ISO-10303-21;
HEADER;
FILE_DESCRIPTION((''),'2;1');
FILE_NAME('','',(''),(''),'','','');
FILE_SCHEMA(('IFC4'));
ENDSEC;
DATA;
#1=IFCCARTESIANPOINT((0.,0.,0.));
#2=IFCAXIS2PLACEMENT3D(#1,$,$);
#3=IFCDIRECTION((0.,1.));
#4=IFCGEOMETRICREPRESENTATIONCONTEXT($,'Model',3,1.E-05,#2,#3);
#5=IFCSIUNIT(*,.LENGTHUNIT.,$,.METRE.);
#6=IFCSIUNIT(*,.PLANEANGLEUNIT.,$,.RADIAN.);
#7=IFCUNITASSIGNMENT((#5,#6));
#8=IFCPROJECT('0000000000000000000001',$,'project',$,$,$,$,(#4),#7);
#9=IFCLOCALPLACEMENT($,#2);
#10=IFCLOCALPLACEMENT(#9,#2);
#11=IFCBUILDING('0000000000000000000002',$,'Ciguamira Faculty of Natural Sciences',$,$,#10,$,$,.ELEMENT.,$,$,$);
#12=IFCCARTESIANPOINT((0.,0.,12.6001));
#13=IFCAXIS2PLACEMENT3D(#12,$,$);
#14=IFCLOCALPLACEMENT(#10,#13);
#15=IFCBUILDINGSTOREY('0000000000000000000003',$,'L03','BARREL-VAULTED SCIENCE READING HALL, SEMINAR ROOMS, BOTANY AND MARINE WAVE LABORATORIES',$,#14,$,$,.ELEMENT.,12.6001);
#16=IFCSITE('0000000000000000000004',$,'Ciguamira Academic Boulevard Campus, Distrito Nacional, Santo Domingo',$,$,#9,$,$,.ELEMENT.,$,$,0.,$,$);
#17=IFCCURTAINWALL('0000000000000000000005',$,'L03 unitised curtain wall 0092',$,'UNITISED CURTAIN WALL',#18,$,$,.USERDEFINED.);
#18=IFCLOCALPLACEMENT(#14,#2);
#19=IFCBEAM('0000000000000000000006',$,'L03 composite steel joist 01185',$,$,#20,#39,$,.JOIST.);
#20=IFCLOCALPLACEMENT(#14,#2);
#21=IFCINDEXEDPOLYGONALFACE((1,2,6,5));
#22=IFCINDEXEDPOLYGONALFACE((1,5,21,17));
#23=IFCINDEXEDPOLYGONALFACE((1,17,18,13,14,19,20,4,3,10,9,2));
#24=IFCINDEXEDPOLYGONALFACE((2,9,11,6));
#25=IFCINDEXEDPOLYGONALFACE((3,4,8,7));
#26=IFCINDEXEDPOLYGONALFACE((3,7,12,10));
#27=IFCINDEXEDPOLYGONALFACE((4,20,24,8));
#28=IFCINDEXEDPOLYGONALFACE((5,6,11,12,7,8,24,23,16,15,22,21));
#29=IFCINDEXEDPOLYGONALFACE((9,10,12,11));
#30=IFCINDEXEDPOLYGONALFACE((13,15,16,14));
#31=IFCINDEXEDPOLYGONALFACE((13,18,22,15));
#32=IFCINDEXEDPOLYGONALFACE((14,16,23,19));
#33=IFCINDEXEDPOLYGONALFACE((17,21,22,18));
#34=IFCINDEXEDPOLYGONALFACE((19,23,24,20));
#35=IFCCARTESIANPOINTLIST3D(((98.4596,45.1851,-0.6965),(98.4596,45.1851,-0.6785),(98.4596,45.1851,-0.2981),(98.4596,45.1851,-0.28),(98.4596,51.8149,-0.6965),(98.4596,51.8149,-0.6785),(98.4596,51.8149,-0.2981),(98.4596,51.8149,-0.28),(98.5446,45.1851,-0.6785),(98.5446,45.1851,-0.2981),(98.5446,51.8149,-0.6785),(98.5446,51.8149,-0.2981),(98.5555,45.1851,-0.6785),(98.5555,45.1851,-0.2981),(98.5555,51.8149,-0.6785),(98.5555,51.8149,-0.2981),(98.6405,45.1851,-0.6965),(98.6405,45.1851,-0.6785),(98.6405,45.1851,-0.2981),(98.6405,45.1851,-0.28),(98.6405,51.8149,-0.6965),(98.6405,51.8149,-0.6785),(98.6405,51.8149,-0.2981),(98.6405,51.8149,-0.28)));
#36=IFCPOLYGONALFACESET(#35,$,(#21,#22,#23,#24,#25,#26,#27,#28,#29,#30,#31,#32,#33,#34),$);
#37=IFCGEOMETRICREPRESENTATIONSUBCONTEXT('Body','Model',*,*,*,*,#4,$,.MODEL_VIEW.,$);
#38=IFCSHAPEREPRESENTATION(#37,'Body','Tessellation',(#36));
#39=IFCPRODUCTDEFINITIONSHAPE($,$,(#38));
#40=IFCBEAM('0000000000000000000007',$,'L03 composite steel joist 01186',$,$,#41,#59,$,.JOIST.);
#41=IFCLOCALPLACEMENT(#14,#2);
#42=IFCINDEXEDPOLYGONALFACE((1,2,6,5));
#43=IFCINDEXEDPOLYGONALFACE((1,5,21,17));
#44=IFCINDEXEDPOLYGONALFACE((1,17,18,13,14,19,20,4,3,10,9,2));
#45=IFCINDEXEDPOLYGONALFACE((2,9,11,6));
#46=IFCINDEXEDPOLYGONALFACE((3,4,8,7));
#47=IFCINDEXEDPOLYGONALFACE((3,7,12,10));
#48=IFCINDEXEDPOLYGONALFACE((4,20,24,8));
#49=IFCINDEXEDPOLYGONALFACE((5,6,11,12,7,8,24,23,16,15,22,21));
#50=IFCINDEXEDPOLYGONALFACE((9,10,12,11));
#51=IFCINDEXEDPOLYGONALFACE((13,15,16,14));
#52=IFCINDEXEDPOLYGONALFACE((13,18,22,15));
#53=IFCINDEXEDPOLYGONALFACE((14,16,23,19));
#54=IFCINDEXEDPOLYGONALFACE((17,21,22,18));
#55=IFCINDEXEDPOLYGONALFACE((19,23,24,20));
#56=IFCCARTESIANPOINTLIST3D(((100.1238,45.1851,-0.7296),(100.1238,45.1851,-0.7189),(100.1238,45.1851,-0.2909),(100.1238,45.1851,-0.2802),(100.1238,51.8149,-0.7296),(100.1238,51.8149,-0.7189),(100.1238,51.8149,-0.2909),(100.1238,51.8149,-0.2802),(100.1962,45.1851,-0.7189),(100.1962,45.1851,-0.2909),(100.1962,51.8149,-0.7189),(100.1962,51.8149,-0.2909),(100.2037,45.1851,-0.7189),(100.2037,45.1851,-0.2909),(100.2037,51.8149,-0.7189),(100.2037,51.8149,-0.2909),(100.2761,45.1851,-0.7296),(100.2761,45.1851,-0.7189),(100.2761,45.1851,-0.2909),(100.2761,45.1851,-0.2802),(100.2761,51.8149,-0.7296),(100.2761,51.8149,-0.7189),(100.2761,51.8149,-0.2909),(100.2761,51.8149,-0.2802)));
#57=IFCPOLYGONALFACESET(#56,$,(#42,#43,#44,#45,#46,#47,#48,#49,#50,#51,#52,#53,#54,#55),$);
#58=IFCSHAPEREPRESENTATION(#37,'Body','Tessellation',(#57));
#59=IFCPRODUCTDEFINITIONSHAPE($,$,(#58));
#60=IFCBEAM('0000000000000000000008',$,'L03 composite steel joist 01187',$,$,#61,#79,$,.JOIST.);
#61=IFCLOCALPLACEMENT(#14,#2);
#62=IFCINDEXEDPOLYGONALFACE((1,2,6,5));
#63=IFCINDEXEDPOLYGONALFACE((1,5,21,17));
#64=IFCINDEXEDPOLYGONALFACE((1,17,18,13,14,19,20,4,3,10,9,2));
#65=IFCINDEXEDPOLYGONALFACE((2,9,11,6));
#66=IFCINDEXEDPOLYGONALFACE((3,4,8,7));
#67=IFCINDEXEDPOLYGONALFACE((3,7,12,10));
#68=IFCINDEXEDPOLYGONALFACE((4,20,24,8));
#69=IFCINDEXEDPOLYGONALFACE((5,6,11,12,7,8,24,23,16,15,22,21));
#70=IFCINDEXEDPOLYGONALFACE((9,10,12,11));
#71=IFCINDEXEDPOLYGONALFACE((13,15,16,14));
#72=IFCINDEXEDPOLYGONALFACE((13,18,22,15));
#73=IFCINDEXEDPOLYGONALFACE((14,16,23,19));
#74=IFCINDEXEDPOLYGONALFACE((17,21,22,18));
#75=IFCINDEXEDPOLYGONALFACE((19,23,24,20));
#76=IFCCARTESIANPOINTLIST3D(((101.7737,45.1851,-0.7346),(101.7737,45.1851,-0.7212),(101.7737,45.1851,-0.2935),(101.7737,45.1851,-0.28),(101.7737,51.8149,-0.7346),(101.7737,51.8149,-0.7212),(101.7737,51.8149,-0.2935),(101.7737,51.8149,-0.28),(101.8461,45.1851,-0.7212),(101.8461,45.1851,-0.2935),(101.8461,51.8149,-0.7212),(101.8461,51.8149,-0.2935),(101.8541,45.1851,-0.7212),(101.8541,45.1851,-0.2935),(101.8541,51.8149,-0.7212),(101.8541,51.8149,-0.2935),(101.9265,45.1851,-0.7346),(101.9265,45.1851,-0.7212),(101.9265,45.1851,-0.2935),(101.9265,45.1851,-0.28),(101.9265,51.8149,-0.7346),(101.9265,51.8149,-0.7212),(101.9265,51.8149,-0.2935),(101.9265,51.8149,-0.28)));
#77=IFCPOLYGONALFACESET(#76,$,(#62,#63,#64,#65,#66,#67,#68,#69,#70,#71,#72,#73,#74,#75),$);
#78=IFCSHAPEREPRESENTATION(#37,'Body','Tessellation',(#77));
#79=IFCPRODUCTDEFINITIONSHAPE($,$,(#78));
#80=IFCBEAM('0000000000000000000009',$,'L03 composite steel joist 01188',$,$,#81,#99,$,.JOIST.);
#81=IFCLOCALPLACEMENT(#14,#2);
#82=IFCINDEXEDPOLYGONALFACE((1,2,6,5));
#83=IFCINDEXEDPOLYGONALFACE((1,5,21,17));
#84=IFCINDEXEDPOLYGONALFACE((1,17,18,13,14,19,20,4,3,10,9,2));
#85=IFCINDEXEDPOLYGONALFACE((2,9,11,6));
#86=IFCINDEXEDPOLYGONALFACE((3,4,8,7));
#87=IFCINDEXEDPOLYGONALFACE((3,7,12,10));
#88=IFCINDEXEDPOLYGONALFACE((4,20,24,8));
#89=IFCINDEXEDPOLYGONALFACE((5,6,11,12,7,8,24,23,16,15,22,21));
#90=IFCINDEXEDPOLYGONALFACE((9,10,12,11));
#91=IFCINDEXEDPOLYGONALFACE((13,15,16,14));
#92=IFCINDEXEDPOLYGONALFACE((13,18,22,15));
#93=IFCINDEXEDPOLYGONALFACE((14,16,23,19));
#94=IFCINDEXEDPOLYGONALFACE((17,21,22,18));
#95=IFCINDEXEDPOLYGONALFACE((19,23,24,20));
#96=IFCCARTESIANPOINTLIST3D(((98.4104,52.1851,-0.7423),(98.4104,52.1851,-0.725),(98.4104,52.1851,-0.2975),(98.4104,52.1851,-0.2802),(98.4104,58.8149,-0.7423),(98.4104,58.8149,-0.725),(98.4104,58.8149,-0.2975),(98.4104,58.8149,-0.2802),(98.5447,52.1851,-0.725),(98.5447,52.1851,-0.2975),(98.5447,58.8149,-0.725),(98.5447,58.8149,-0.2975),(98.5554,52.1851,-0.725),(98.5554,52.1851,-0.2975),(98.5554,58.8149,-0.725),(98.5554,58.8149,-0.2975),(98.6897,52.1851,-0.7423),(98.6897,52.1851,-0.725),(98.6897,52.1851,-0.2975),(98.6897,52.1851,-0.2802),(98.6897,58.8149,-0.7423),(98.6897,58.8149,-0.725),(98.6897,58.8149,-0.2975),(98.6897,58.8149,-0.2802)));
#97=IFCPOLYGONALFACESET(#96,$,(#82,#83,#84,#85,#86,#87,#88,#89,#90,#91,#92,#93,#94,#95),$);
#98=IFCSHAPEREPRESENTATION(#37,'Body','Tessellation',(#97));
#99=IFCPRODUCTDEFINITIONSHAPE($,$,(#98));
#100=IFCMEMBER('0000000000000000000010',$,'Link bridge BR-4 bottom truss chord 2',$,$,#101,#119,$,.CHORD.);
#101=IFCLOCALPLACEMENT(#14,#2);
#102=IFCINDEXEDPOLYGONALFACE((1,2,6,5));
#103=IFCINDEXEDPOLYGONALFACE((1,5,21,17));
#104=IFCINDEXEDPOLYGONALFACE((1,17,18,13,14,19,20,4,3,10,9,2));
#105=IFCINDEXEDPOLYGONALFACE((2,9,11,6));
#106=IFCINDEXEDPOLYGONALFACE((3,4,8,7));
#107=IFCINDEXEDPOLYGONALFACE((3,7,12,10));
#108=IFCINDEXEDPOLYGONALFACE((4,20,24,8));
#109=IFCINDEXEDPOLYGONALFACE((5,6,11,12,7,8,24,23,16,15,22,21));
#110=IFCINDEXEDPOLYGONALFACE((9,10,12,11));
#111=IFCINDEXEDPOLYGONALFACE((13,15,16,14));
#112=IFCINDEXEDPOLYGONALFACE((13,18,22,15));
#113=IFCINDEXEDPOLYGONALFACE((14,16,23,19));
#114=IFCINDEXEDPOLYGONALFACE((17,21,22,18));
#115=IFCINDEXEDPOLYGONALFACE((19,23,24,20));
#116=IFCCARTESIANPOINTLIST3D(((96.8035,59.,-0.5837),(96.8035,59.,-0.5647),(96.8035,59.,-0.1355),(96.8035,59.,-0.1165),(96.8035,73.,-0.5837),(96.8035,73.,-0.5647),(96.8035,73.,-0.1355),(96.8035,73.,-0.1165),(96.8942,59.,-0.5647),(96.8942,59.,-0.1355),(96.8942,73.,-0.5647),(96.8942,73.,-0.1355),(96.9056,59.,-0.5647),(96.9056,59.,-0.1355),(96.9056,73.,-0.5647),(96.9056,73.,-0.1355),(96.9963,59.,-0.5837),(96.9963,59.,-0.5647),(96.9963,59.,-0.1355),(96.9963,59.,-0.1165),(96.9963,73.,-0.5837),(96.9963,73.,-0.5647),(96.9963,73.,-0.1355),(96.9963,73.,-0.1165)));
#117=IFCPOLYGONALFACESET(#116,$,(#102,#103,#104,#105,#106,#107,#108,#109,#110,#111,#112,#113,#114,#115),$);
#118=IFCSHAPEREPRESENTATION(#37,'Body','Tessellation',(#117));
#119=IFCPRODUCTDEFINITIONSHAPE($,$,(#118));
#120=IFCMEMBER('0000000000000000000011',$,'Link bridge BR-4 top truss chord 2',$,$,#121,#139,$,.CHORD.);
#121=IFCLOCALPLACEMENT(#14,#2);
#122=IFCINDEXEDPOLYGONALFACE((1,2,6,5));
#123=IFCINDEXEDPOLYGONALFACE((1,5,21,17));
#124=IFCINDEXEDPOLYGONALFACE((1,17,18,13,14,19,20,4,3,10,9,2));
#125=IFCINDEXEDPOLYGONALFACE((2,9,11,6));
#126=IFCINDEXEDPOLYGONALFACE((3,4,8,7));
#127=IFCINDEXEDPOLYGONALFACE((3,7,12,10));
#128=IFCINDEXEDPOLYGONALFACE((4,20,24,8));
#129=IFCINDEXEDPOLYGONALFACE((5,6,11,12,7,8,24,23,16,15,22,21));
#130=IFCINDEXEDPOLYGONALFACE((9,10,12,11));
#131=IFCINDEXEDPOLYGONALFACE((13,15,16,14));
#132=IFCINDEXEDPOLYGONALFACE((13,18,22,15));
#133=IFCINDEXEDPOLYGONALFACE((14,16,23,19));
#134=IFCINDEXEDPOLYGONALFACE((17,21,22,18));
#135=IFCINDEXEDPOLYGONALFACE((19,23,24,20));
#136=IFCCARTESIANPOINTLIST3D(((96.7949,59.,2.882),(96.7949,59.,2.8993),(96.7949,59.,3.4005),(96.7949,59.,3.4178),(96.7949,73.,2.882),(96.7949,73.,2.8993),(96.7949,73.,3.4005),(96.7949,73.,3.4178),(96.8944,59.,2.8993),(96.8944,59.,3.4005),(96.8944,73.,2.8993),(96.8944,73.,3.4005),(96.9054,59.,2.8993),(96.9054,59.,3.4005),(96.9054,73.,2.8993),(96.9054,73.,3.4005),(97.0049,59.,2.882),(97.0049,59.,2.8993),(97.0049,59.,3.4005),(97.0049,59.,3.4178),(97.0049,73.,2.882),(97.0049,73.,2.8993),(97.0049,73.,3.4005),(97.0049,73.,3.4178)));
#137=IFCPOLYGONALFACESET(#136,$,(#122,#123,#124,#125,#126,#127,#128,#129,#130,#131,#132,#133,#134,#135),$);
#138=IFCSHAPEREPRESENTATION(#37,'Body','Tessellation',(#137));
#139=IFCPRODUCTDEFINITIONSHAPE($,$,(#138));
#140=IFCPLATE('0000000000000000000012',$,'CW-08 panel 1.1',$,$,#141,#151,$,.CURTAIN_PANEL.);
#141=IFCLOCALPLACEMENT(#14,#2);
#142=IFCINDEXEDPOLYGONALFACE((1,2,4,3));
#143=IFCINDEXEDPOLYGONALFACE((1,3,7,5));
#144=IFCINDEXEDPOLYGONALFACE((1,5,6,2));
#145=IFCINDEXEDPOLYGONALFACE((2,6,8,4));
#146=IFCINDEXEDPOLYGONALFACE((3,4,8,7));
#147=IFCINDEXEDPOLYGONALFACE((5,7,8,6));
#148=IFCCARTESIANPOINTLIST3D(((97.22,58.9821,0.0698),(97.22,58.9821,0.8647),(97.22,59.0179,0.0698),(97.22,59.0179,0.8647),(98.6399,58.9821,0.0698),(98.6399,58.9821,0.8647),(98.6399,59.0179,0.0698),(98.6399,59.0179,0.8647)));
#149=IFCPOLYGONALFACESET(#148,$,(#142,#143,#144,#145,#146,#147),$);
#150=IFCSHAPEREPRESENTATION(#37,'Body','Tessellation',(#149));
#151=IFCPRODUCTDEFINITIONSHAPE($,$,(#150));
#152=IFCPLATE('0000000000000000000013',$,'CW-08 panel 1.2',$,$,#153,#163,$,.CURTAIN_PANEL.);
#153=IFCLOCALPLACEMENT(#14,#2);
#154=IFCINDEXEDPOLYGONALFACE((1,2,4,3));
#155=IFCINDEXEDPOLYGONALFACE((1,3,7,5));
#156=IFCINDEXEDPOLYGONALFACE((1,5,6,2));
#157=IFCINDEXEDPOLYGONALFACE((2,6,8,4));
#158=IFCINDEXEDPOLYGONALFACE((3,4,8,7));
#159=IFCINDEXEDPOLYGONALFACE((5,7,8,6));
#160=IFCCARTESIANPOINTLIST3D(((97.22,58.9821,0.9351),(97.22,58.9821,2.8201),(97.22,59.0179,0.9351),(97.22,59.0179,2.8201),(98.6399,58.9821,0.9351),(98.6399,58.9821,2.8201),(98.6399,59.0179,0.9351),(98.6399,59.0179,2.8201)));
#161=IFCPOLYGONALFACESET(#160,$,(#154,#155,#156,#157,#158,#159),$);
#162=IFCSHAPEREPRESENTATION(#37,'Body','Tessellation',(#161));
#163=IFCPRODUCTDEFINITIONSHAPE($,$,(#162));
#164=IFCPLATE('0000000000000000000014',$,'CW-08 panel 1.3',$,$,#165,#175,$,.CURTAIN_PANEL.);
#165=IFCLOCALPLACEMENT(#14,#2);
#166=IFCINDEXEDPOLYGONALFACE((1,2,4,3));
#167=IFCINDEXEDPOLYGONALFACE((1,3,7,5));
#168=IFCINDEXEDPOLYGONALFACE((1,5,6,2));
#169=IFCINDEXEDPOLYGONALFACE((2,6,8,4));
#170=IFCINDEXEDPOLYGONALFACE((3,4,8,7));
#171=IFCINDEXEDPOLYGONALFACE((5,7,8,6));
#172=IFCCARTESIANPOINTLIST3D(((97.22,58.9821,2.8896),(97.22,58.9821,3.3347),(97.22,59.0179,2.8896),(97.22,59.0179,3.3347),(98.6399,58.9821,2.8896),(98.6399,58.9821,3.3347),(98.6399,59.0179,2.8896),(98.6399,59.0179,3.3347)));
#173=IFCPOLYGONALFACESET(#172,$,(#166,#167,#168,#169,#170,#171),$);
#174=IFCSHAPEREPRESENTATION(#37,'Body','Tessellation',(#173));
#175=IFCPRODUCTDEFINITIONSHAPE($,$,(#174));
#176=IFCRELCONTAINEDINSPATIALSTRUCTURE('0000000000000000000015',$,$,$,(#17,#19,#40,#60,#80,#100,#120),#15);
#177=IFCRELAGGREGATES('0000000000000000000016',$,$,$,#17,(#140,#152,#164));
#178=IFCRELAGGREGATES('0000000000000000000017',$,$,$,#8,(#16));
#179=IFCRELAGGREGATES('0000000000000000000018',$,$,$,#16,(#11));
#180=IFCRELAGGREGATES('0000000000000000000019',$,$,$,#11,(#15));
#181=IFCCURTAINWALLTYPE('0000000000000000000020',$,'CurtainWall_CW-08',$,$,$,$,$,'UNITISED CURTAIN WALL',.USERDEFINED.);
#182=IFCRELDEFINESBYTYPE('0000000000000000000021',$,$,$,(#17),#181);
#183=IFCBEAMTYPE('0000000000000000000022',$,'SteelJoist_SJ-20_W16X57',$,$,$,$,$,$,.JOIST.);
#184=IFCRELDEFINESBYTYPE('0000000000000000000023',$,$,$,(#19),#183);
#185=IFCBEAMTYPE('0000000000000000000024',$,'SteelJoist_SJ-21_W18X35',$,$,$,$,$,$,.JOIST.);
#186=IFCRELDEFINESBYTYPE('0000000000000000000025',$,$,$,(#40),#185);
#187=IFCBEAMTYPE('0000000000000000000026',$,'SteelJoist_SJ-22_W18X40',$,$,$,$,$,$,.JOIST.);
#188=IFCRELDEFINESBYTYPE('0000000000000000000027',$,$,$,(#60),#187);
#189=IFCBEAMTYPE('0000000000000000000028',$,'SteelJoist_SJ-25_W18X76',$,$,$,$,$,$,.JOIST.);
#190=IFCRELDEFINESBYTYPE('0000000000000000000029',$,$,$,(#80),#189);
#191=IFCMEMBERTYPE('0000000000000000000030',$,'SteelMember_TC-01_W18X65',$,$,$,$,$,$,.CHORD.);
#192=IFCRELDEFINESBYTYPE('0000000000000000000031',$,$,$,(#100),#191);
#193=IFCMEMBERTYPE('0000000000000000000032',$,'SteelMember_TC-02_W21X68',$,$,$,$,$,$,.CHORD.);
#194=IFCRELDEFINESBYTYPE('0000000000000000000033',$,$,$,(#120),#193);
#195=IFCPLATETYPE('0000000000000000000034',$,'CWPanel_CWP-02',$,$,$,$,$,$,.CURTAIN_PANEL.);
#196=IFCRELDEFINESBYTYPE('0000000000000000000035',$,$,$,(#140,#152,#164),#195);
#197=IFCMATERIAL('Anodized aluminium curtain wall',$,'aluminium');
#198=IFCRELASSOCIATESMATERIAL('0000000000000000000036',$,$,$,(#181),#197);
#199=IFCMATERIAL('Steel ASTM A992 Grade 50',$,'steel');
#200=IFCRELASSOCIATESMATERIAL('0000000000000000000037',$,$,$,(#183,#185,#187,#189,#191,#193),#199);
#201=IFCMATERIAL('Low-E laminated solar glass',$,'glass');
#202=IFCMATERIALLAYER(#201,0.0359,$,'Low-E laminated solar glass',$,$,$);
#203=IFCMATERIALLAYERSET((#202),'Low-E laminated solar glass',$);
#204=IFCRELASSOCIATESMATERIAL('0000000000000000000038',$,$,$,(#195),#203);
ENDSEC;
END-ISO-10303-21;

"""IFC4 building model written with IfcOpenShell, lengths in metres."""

from ifc_helpers import new_model, si_unit, direction, frame, origin, origin_2d, place, context, subcontext, project, spatial, rectangle, i_section, extrude, material, layer, layer_set, material_profile, profile_set, type_object, element, aggregate, save


model = new_model("IFC4")

# Units and contexts
model_context = context("Model", 3, precision=1e-05, world=origin(), true_north=direction((0.0, 1.0)))
body_context = subcontext(model_context, "Body", "Model", "MODEL_VIEW")
ifc_project = project(units=[si_unit("LENGTHUNIT", "METRE"), si_unit("PLANEANGLEUNIT", "RADIAN")], contexts=[model_context])

# Site, building, storey
site_placement = place(None, origin())
site = spatial("IfcSite", under=ifc_project, at=site_placement, Name="Ciguamira Academic Boulevard Campus, Distrito Nacional, Santo Domingo", CompositionType="ELEMENT", RefElevation=0.0)
building_placement = place(site_placement, origin())
building = spatial("IfcBuilding", under=site, at=building_placement, Name="Ciguamira Faculty of Natural Sciences", CompositionType="ELEMENT")
storey_placement = place(building_placement, frame((0.0, 0.0, 12.6001)))
storey = spatial("IfcBuildingStorey", under=building, at=storey_placement, Name="L03", Description="BARREL-VAULTED SCIENCE READING HALL, SEMINAR ROOMS, BOTANY AND MARINE WAVE LABORATORIES", CompositionType="ELEMENT", Elevation=12.6001)

# Curtain wall
ifc_material_1 = material(Name="Anodized aluminium curtain wall", Category="aluminium")
curtain_wall_type = type_object("IfcCurtainWallType", Name="CurtainWall_CW-08", ElementType="UNITISED CURTAIN WALL", PredefinedType="USERDEFINED", material=ifc_material_1)
curtain_wall_placement = place(storey_placement, origin())
curtain_wall = element("IfcCurtainWall", 1, at=curtain_wall_placement, inside=storey, type_object=curtain_wall_type, Name="L03 unitised curtain wall 0092", ObjectType="UNITISED CURTAIN WALL", PredefinedType="USERDEFINED")

# Beams
ifc_material_2 = material(Name="Steel ASTM A992 Grade 50", Category="steel")
ifc_material_profile_1 = material_profile(ifc_material_2, i_section(OverallWidth=0.1809, OverallDepth=0.4165, WebThickness=0.011, FlangeThickness=0.0181, at=origin_2d()), Name="W16X57")
ifc_profile_set_1 = profile_set([ifc_material_profile_1], Name="Steel ASTM A992 Grade 50")
beam_type_1 = type_object("IfcBeamType", Name="SteelJoist_SJ-20_W16X57", PredefinedType="JOIST", material=ifc_profile_set_1)
beam_1_placement = place(storey_placement, frame((98.55, 45.1851, -0.4883), z_axis=(0.0, 1.0, 0.0), x_axis=(-1.0, 0.0, 0.0)))
element("IfcBeam", 2, at=beam_1_placement, inside=storey, type_object=beam_type_1, Name="L03 composite steel joist 01185", PredefinedType="JOIST", context=body_context, shape_type="SweptSolid", body=[
    extrude(i_section(OverallWidth=0.1809, OverallDepth=0.4165, WebThickness=0.011, FlangeThickness=0.0181, at=origin_2d()), origin(), (0.0, 0.0, 1.0), 6.6299),
])
ifc_material_profile_2 = material_profile(ifc_material_2, i_section(OverallWidth=0.1523, OverallDepth=0.4495, WebThickness=0.0076, FlangeThickness=0.0107, at=origin_2d()), Name="W18X35")
ifc_profile_set_2 = profile_set([ifc_material_profile_2], Name="Steel ASTM A992 Grade 50")
beam_type_2 = type_object("IfcBeamType", Name="SteelJoist_SJ-21_W18X35", PredefinedType="JOIST", material=ifc_profile_set_2)
beam_2_placement = place(storey_placement, frame((100.2, 45.1851, -0.5049), z_axis=(0.0, 1.0, 0.0), x_axis=(-1.0, 0.0, 0.0)))
element("IfcBeam", 3, at=beam_2_placement, inside=storey, type_object=beam_type_2, Name="L03 composite steel joist 01186", PredefinedType="JOIST", context=body_context, shape_type="SweptSolid", body=[
    extrude(i_section(OverallWidth=0.1523, OverallDepth=0.4495, WebThickness=0.0076, FlangeThickness=0.0107, at=origin_2d()), origin(), (0.0, 0.0, 1.0), 6.6299),
])
ifc_material_profile_3 = material_profile(ifc_material_2, i_section(OverallWidth=0.1528, OverallDepth=0.4546, WebThickness=0.0081, FlangeThickness=0.0134, at=origin_2d()), Name="W18X40")
ifc_profile_set_3 = profile_set([ifc_material_profile_3], Name="Steel ASTM A992 Grade 50")
beam_type_3 = type_object("IfcBeamType", Name="SteelJoist_SJ-22_W18X40", PredefinedType="JOIST", material=ifc_profile_set_3)
beam_3_placement = place(storey_placement, frame((101.8501, 45.1851, -0.5073), z_axis=(0.0, 1.0, 0.0), x_axis=(-1.0, 0.0, 0.0)))
element("IfcBeam", 4, at=beam_3_placement, inside=storey, type_object=beam_type_3, Name="L03 composite steel joist 01187", PredefinedType="JOIST", context=body_context, shape_type="SweptSolid", body=[
    extrude(i_section(OverallWidth=0.1528, OverallDepth=0.4546, WebThickness=0.0081, FlangeThickness=0.0134, at=origin_2d()), origin(), (0.0, 0.0, 1.0), 6.6299),
])
ifc_material_profile_4 = material_profile(ifc_material_2, i_section(OverallWidth=0.2793, OverallDepth=0.4622, WebThickness=0.0107, FlangeThickness=0.0173, at=origin_2d()), Name="W18X76")
ifc_profile_set_4 = profile_set([ifc_material_profile_4], Name="Steel ASTM A992 Grade 50")
beam_type_4 = type_object("IfcBeamType", Name="SteelJoist_SJ-25_W18X76", PredefinedType="JOIST", material=ifc_profile_set_4)
beam_4_placement = place(storey_placement, frame((98.55, 52.1851, -0.5112), z_axis=(0.0, 1.0, 0.0), x_axis=(-1.0, 0.0, 0.0)))
element("IfcBeam", 5, at=beam_4_placement, inside=storey, type_object=beam_type_4, Name="L03 composite steel joist 01188", PredefinedType="JOIST", context=body_context, shape_type="SweptSolid", body=[
    extrude(i_section(OverallWidth=0.2793, OverallDepth=0.4622, WebThickness=0.0107, FlangeThickness=0.0173, at=origin_2d()), origin(), (0.0, 0.0, 1.0), 6.6299),
])

# Members
ifc_material_profile_5 = material_profile(ifc_material_2, i_section(OverallWidth=0.1929, OverallDepth=0.4673, WebThickness=0.0115, FlangeThickness=0.019, at=origin_2d()), Name="W18X65")
ifc_profile_set_5 = profile_set([ifc_material_profile_5], Name="Steel ASTM A992 Grade 50")
member_type_1 = type_object("IfcMemberType", Name="SteelMember_TC-01_W18X65", PredefinedType="CHORD", material=ifc_profile_set_5)
member_1_placement = place(storey_placement, frame((96.8999, 59.0, -0.3501), z_axis=(0.0, 1.0, 0.0), x_axis=(-1.0, 0.0, 0.0)))
element("IfcMember", 6, at=member_1_placement, inside=storey, type_object=member_type_1, Name="Link bridge BR-4 bottom truss chord 2", PredefinedType="CHORD", context=body_context, shape_type="SweptSolid", body=[
    extrude(i_section(OverallWidth=0.1929, OverallDepth=0.4673, WebThickness=0.0115, FlangeThickness=0.019, at=origin_2d()), origin(), (0.0, 0.0, 1.0), 14.0),
])
ifc_material_profile_6 = material_profile(ifc_material_2, i_section(OverallWidth=0.21, OverallDepth=0.5359, WebThickness=0.011, FlangeThickness=0.0173, at=origin_2d()), Name="W21X68")
ifc_profile_set_6 = profile_set([ifc_material_profile_6], Name="Steel ASTM A992 Grade 50")
member_type_2 = type_object("IfcMemberType", Name="SteelMember_TC-02_W21X68", PredefinedType="CHORD", material=ifc_profile_set_6)
member_2_placement = place(storey_placement, frame((96.8999, 59.0, 3.1499), z_axis=(0.0, 1.0, 0.0), x_axis=(-1.0, 0.0, 0.0)))
element("IfcMember", 7, at=member_2_placement, inside=storey, type_object=member_type_2, Name="Link bridge BR-4 top truss chord 2", PredefinedType="CHORD", context=body_context, shape_type="SweptSolid", body=[
    extrude(i_section(OverallWidth=0.21, OverallDepth=0.5359, WebThickness=0.011, FlangeThickness=0.0173, at=origin_2d()), origin(), (0.0, 0.0, 1.0), 14.0),
])

# Plates
ifc_material_3 = material(Name="Low-E laminated solar glass", Category="glass")
ifc_layer = layer(ifc_material_3, 0.0359, Name="Low-E laminated solar glass")
ifc_layer_set = layer_set([ifc_layer], Name="Low-E laminated solar glass")
plate_type = type_object("IfcPlateType", Name="CWPanel_CWP-02", PredefinedType="CURTAIN_PANEL", material=ifc_layer_set)
plate_1_placement = place(storey_placement, frame((97.9299, 59.0, 0.0698), z_axis=(0.0, 0.0, 1.0), x_axis=(1.0, 0.0, 0.0)))
plate_1 = element("IfcPlate", 8, at=plate_1_placement, type_object=plate_type, Name="CW-08 panel 1.1", PredefinedType="CURTAIN_PANEL", context=body_context, shape_type="SweptSolid", body=[
    extrude(rectangle(XDim=1.4199, YDim=0.0359, at=origin_2d()), origin(), (0.0, 0.0, 1.0), 0.7949),
])
plate_2_placement = place(storey_placement, frame((97.9299, 59.0, 0.9351), z_axis=(0.0, 0.0, 1.0), x_axis=(1.0, 0.0, 0.0)))
plate_2 = element("IfcPlate", 9, at=plate_2_placement, type_object=plate_type, Name="CW-08 panel 1.2", PredefinedType="CURTAIN_PANEL", context=body_context, shape_type="SweptSolid", body=[
    extrude(rectangle(XDim=1.4199, YDim=0.0359, at=origin_2d()), origin(), (0.0, 0.0, 1.0), 1.885),
])
plate_3_placement = place(storey_placement, frame((97.9299, 59.0, 2.8896), z_axis=(0.0, 0.0, 1.0), x_axis=(1.0, 0.0, 0.0)))
plate_3 = element("IfcPlate", 10, at=plate_3_placement, type_object=plate_type, Name="CW-08 panel 1.3", PredefinedType="CURTAIN_PANEL", context=body_context, shape_type="SweptSolid", body=[
    extrude(rectangle(XDim=1.4199, YDim=0.0359, at=origin_2d()), origin(), (0.0, 0.0, 1.0), 0.4451),
])
aggregate(curtain_wall, [plate_1, plate_2, plate_3])

save(model, "model.ifc")
